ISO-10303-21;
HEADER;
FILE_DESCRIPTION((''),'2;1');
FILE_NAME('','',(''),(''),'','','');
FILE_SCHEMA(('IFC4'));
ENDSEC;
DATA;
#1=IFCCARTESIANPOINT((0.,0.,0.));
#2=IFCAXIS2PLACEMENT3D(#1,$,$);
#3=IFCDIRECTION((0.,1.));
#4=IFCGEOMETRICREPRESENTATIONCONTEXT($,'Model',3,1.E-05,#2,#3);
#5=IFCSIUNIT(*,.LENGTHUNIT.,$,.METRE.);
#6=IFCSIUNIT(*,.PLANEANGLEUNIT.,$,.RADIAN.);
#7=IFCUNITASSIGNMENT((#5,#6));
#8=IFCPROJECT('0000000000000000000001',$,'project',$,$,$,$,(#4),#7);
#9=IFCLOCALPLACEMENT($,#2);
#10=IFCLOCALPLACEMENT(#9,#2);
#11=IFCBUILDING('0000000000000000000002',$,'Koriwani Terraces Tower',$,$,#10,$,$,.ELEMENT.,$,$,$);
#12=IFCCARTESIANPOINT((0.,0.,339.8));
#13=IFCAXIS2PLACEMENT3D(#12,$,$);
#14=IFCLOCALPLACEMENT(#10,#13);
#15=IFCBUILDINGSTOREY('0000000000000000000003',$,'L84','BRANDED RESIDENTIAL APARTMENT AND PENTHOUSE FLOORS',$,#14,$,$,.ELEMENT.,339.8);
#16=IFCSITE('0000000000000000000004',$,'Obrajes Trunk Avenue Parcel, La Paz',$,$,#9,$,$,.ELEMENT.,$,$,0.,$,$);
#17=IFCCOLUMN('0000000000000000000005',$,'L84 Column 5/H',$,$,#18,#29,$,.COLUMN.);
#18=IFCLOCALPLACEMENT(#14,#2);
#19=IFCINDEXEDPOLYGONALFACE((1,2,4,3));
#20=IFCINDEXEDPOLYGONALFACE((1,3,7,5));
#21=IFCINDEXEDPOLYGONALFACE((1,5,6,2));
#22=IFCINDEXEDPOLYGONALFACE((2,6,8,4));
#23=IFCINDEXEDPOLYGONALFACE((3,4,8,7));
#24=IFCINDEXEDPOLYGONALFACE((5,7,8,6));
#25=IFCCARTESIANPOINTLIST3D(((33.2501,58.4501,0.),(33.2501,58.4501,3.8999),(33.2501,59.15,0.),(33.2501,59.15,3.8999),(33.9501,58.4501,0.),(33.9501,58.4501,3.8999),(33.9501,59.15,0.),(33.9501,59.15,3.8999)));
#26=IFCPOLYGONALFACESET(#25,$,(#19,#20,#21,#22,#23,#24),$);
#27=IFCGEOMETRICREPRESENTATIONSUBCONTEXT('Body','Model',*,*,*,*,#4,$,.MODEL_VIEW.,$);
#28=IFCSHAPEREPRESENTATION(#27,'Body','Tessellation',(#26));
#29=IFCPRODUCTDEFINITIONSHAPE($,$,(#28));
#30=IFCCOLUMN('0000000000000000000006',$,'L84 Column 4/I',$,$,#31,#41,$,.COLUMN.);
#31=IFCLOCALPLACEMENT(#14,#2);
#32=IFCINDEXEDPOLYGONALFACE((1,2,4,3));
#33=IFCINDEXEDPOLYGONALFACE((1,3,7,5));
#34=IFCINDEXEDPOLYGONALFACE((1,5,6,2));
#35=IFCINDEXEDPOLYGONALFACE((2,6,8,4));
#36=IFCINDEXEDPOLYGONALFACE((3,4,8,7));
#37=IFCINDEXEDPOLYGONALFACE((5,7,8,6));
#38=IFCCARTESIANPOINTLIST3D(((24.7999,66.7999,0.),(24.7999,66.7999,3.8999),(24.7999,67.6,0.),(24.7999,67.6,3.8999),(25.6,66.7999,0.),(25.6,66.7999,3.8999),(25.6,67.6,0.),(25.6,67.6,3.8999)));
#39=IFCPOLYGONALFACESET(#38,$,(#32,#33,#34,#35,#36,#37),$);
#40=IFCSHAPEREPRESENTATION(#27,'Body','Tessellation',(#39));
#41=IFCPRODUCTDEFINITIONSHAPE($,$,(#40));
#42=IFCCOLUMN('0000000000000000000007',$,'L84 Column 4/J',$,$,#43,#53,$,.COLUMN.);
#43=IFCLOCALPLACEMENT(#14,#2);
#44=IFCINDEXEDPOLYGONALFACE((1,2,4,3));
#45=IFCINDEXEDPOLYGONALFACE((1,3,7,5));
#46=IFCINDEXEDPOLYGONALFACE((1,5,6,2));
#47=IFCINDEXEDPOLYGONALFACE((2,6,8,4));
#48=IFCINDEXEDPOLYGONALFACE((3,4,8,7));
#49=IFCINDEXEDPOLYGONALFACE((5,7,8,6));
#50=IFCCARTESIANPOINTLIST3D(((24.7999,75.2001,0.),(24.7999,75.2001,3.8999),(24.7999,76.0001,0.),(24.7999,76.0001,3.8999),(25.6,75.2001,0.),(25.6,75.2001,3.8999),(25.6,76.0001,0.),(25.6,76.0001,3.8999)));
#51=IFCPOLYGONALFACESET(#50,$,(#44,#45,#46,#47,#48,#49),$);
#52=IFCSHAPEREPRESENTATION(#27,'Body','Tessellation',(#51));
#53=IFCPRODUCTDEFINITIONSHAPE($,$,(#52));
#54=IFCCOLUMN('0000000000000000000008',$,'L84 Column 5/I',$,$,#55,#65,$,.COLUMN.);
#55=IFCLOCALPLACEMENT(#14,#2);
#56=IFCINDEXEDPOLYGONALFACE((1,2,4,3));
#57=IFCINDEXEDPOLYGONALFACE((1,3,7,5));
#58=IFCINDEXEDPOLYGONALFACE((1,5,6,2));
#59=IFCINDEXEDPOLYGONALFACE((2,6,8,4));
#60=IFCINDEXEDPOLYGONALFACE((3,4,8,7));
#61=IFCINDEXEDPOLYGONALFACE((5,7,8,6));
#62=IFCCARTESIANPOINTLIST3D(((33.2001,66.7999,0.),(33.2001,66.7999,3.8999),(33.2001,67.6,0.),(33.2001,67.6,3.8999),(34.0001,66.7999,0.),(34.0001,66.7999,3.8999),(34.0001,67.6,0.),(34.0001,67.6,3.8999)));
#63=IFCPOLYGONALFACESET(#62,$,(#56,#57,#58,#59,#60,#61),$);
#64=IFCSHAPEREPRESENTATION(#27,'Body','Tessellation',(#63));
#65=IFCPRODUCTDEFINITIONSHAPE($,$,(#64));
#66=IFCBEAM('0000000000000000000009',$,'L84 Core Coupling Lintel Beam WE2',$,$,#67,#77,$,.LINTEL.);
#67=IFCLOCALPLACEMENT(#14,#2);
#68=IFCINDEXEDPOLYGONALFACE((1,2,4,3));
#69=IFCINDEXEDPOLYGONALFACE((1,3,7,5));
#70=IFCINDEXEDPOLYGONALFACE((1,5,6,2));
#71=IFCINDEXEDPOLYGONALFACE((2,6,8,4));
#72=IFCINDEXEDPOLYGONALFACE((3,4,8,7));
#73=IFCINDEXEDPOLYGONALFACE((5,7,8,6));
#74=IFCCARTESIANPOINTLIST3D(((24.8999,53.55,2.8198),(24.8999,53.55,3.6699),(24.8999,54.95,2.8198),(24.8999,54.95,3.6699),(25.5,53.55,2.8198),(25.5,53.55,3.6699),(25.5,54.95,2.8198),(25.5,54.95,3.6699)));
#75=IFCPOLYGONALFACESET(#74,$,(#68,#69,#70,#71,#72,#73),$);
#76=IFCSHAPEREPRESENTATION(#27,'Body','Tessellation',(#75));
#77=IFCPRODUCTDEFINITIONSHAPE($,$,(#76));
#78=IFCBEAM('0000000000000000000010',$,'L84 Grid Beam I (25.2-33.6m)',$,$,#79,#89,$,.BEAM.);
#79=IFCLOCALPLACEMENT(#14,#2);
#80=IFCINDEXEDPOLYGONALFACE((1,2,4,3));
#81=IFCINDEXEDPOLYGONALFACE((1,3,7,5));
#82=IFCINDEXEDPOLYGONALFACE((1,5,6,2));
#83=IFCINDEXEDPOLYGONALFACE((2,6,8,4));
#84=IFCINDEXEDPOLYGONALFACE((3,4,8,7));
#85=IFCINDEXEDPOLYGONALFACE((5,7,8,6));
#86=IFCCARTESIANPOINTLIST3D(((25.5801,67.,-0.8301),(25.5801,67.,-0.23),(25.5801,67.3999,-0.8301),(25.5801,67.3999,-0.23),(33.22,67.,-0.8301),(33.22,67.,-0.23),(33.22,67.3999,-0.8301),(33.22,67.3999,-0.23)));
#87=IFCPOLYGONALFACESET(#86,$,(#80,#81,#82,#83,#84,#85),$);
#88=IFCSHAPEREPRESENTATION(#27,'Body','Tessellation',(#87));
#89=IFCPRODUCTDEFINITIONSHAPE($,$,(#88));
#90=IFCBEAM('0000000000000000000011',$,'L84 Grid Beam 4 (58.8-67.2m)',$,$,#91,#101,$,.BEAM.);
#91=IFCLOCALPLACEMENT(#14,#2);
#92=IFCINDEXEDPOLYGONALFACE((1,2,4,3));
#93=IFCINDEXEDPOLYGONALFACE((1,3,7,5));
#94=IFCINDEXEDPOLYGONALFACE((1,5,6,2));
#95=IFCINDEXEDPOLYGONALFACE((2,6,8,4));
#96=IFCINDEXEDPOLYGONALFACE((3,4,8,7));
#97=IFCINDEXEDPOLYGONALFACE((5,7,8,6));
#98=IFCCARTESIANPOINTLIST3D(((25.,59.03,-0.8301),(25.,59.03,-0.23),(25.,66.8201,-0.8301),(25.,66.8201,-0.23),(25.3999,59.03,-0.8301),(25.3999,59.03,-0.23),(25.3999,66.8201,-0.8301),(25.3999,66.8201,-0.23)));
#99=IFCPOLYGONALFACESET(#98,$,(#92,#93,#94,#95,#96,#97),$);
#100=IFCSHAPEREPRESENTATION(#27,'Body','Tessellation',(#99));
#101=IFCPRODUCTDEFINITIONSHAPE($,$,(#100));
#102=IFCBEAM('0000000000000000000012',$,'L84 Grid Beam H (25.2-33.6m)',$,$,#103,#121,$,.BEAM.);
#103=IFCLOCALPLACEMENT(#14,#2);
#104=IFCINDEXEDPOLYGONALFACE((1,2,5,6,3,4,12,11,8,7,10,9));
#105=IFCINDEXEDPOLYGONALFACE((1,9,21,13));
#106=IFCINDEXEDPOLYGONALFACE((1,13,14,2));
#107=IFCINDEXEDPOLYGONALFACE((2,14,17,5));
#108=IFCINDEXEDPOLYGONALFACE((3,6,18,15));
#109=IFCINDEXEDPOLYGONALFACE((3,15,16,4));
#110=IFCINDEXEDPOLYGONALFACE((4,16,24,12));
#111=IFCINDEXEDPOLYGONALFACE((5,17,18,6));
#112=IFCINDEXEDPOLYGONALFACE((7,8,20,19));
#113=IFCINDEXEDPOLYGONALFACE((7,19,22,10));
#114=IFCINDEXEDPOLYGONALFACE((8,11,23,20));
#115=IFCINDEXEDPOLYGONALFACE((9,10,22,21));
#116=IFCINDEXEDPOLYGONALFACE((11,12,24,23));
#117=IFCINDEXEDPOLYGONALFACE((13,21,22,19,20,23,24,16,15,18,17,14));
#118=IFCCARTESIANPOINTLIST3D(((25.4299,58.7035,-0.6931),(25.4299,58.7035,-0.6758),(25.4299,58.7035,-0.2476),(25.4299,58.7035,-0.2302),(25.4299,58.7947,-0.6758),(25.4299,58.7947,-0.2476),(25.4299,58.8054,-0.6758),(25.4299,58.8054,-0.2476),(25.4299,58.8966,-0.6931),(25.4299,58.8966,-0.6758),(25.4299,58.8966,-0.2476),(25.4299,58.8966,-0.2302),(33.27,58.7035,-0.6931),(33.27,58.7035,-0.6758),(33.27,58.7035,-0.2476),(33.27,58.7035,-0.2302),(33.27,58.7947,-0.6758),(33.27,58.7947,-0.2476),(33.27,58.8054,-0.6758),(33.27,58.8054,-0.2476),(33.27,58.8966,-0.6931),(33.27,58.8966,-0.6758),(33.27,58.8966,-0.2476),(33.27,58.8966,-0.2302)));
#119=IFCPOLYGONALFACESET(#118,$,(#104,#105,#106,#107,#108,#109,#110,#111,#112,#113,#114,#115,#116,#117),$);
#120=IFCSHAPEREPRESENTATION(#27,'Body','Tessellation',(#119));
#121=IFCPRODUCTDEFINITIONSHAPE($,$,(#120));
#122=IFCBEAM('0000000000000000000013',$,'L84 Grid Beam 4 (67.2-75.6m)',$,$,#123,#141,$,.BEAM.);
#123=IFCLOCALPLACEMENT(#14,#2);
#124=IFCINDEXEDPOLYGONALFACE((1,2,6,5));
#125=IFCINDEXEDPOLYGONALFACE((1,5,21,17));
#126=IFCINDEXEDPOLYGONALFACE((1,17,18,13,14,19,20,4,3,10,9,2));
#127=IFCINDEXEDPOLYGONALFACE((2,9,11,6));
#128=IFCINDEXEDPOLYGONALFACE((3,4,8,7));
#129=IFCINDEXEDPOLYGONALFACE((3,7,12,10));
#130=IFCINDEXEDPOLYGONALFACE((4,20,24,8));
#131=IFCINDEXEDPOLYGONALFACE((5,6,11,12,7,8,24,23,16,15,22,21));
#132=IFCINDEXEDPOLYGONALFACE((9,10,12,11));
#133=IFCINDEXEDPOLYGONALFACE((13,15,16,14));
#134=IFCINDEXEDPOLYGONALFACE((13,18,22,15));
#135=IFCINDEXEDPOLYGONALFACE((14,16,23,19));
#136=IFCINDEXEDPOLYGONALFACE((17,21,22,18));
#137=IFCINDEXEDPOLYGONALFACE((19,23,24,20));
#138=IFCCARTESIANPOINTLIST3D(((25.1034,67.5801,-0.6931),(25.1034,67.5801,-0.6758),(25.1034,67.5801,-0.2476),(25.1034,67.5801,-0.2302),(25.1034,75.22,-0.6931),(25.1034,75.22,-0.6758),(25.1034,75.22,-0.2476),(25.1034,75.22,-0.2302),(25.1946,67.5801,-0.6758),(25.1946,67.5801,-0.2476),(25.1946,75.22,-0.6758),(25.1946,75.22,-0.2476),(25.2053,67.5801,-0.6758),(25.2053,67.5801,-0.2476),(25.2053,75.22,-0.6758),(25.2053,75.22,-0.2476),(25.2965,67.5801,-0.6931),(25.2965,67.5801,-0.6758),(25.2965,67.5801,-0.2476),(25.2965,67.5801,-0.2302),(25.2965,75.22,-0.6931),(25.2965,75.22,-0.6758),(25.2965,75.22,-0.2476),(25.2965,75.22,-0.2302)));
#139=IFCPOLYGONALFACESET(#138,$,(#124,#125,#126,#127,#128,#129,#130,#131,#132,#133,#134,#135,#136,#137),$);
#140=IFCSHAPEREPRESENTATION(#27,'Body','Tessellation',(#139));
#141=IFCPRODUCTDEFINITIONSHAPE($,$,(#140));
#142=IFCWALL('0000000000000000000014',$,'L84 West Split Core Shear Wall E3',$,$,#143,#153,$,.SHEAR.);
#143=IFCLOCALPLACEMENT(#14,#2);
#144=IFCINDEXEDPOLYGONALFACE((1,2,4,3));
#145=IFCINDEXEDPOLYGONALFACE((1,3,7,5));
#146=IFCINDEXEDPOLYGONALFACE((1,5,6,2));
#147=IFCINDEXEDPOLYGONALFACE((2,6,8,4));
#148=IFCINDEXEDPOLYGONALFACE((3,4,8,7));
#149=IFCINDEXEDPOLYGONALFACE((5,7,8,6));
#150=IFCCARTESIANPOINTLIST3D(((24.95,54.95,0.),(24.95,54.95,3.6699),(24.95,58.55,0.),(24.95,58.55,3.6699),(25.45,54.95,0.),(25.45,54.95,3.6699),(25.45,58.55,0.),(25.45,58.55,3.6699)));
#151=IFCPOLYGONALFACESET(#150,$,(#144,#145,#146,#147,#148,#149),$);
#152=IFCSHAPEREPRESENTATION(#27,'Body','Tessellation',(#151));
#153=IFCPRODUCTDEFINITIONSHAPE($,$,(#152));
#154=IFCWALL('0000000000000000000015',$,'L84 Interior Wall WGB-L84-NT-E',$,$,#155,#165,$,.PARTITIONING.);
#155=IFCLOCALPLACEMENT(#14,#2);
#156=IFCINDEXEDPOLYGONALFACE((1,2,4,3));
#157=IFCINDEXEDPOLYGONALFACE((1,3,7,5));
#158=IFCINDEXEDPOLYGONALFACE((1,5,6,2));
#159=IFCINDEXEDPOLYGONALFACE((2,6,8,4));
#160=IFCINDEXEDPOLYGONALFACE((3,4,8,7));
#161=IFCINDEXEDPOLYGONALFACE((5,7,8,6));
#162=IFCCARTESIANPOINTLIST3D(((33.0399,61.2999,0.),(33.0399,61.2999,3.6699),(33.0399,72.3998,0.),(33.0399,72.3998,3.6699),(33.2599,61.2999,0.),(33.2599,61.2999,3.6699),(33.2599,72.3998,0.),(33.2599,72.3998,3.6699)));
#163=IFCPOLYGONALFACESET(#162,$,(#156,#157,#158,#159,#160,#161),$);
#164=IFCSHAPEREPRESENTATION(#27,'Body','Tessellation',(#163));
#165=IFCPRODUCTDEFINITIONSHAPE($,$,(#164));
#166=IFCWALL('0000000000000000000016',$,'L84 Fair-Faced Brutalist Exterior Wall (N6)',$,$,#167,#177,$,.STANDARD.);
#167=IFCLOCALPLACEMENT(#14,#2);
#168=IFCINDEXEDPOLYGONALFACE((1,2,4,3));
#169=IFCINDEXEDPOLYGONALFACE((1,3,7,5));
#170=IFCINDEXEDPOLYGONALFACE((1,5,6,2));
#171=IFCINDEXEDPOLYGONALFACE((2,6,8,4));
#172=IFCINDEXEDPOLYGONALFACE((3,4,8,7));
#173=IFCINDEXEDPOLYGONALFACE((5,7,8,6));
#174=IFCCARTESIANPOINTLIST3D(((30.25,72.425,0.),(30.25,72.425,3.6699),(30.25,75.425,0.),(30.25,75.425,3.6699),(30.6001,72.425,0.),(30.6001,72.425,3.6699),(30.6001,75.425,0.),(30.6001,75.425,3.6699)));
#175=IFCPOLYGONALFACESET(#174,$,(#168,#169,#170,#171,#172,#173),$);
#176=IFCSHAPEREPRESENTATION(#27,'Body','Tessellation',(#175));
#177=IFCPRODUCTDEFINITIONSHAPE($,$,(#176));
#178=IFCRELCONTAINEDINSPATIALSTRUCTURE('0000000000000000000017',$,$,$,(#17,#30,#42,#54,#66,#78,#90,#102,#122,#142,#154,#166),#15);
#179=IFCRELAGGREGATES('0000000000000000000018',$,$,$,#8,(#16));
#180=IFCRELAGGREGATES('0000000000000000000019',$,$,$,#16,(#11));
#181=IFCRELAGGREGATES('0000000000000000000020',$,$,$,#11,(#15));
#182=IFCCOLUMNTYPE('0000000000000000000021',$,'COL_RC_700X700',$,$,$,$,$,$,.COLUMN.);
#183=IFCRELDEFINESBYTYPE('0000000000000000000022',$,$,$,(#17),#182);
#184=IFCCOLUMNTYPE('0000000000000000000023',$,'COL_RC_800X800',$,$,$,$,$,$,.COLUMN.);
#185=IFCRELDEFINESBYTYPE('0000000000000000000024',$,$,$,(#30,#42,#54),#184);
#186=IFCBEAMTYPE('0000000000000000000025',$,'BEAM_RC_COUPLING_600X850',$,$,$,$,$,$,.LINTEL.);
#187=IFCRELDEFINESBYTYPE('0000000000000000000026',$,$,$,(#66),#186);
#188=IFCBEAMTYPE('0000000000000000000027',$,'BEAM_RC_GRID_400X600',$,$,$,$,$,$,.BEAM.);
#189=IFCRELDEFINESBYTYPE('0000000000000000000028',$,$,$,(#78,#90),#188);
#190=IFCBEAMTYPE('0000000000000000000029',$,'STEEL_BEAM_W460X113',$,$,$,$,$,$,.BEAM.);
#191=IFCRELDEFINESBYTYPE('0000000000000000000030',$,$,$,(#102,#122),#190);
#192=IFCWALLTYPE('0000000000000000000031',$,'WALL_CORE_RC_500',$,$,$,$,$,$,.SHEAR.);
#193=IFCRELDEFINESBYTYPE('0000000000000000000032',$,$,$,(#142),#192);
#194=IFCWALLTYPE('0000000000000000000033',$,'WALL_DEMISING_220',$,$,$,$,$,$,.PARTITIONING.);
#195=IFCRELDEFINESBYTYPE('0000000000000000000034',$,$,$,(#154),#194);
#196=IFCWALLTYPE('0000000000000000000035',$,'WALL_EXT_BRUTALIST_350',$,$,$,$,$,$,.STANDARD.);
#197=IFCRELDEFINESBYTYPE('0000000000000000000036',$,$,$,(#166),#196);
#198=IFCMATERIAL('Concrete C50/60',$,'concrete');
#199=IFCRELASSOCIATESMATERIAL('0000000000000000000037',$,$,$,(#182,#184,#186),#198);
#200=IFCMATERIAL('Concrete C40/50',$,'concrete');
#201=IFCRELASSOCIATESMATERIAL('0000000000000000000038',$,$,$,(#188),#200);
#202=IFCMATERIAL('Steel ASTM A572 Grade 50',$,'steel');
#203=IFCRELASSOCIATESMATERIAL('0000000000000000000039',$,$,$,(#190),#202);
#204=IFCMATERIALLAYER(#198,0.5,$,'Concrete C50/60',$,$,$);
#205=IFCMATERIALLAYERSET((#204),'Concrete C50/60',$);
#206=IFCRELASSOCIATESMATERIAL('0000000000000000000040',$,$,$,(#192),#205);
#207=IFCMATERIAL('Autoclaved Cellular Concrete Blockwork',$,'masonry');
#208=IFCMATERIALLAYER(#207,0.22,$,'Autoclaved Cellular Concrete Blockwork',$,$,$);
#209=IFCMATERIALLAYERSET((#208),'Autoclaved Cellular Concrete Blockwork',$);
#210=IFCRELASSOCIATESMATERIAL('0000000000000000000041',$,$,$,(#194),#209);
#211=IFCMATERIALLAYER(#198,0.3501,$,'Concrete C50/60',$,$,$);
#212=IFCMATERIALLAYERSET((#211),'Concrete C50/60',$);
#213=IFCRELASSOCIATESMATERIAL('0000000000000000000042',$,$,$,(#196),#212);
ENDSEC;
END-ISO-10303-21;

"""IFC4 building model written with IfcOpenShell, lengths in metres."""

from ifc_helpers import new_model, si_unit, direction, frame, frame_2d, origin, origin_2d, place, context, subcontext, project, spatial, rectangle, i_section, extrude, material, layer, layer_set, material_profile, profile_set, type_object, element, save


model = new_model("IFC4")

# Units and contexts
model_context = context("Model", 3, precision=1e-05, world=origin(), true_north=direction((0.0, 1.0)))
body_context = subcontext(model_context, "Body", "Model", "MODEL_VIEW")
ifc_project = project(units=[si_unit("LENGTHUNIT", "METRE"), si_unit("PLANEANGLEUNIT", "RADIAN")], contexts=[model_context])

# Site, building, storey
site_placement = place(None, origin())
site = spatial("IfcSite", under=ifc_project, at=site_placement, Name="Obrajes Trunk Avenue Parcel, La Paz", CompositionType="ELEMENT", RefElevation=0.0)
building_placement = place(site_placement, origin())
building = spatial("IfcBuilding", under=site, at=building_placement, Name="Koriwani Terraces Tower", CompositionType="ELEMENT")
storey_placement = place(building_placement, frame((0.0, 0.0, 339.8)))
storey = spatial("IfcBuildingStorey", under=building, at=storey_placement, Name="L84", Description="BRANDED RESIDENTIAL APARTMENT AND PENTHOUSE FLOORS", CompositionType="ELEMENT", Elevation=339.8)

# Columns
ifc_material_1 = material(Name="Concrete C50/60", Category="concrete")
ifc_material_profile_1 = material_profile(ifc_material_1, rectangle(XDim=0.7, YDim=0.7, at=origin_2d()), Name="Concrete C50/60", Category="LoadBearing")
ifc_profile_set_1 = profile_set([ifc_material_profile_1], Name="Concrete C50/60")
column_type_1 = type_object("IfcColumnType", Name="COL_RC_700X700", PredefinedType="COLUMN", material=ifc_profile_set_1)
column_placement = place(storey_placement, frame((33.6001, 58.8, 0.0), z_axis=(0.0, 0.0, 1.0), x_axis=(1.0, 0.0, 0.0)))
element("IfcColumn", 1, at=column_placement, inside=storey, type_object=column_type_1, Name="L84 Column 5/H", PredefinedType="COLUMN", context=body_context, shape_type="SweptSolid", body=[
    extrude(rectangle(XDim=0.7, YDim=0.7, at=origin_2d()), origin(), (0.0, 0.0, 1.0), 3.8999),
])
ifc_material_profile_2 = material_profile(ifc_material_1, rectangle(XDim=0.8, YDim=0.8, at=origin_2d()), Name="Concrete C50/60", Category="LoadBearing")
ifc_profile_set_2 = profile_set([ifc_material_profile_2], Name="Concrete C50/60")
column_type_2 = type_object("IfcColumnType", Name="COL_RC_800X800", PredefinedType="COLUMN", material=ifc_profile_set_2)
for number, where, z_axis, x_axis, name in (
    (2, (25.2, 67.2, 0.0), (0.0, 0.0, 1.0), (1.0, 0.0, 0.0), "L84 Column 4/I"),
    (3, (25.2, 75.6001, 0.0), (0.0, 0.0, 1.0), (1.0, 0.0, 0.0), "L84 Column 4/J"),
    (4, (33.6001, 67.2, 0.0), (0.0, 0.0, 1.0), (1.0, 0.0, 0.0), "L84 Column 5/I"),
):
    element("IfcColumn", number, at=place(storey_placement, frame(where, z_axis=z_axis, x_axis=x_axis)), inside=storey, type_object=column_type_2, Name=name, PredefinedType="COLUMN", context=body_context, shape_type="SweptSolid", body=[
        extrude(rectangle(XDim=0.8, YDim=0.8, at=origin_2d()), origin(), (0.0, 0.0, 1.0), 3.8999),
    ])

# Beams
ifc_material_profile_3 = material_profile(ifc_material_1, rectangle(XDim=0.6001, YDim=0.8501, at=origin_2d()), Name="Concrete C50/60", Category="LoadBearing")
ifc_profile_set_3 = profile_set([ifc_material_profile_3], Name="Concrete C50/60")
beam_type_1 = type_object("IfcBeamType", Name="BEAM_RC_COUPLING_600X850", PredefinedType="LINTEL", material=ifc_profile_set_3)
beam_1_placement = place(storey_placement, frame((25.2, 53.55, 3.2449), z_axis=(0.0, 1.0, 0.0), x_axis=(-1.0, 0.0, 0.0)))
element("IfcBeam", 5, at=beam_1_placement, inside=storey, type_object=beam_type_1, Name="L84 Core Coupling Lintel Beam WE2", PredefinedType="LINTEL", context=body_context, shape_type="SweptSolid", body=[
    extrude(rectangle(XDim=0.6001, YDim=0.8501, at=origin_2d()), origin(), (0.0, 0.0, 1.0), 1.3999),
])
ifc_material_2 = material(Name="Concrete C40/50", Category="concrete")
ifc_material_profile_4 = material_profile(ifc_material_2, rectangle(XDim=0.3999, YDim=0.6001, at=origin_2d()), Name="Concrete C40/50", Category="LoadBearing")
ifc_profile_set_4 = profile_set([ifc_material_profile_4], Name="Concrete C40/50")
beam_type_2 = type_object("IfcBeamType", Name="BEAM_RC_GRID_400X600", PredefinedType="BEAM", material=ifc_profile_set_4)
beam_2_placement = place(storey_placement, frame((25.5801, 67.2, -0.53), z_axis=(1.0, 0.0, 0.0), x_axis=(0.0, 1.0, 0.0)))
element("IfcBeam", 6, at=beam_2_placement, inside=storey, type_object=beam_type_2, Name="L84 Grid Beam I (25.2-33.6m)", PredefinedType="BEAM", context=body_context, shape_type="SweptSolid", body=[
    extrude(rectangle(XDim=0.3999, YDim=0.6001, at=origin_2d()), origin(), (0.0, 0.0, 1.0), 7.6399),
])
beam_3_placement = place(storey_placement, frame((25.2, 59.03, -0.53), z_axis=(0.0, 1.0, 0.0), x_axis=(-1.0, 0.0, 0.0)))
element("IfcBeam", 7, at=beam_3_placement, inside=storey, type_object=beam_type_2, Name="L84 Grid Beam 4 (58.8-67.2m)", PredefinedType="BEAM", context=body_context, shape_type="SweptSolid", body=[
    extrude(rectangle(XDim=0.3999, YDim=0.6001, at=origin_2d()), origin(), (0.0, 0.0, 1.0), 7.79),
])
ifc_material_3 = material(Name="Steel ASTM A572 Grade 50", Category="steel")
ifc_material_profile_5 = material_profile(ifc_material_3, i_section(OverallWidth=0.1931, OverallDepth=0.4629, WebThickness=0.0107, FlangeThickness=0.0173, at=origin_2d()), Name="Steel ASTM A572 Grade 50", Category="LoadBearing")
ifc_profile_set_5 = profile_set([ifc_material_profile_5], Name="Steel ASTM A572 Grade 50")
beam_type_3 = type_object("IfcBeamType", Name="STEEL_BEAM_W460X113", PredefinedType="BEAM", material=ifc_profile_set_5)
beam_4_placement = place(storey_placement, frame((25.4299, 58.8, -0.4617), z_axis=(1.0, 0.0, 0.0), x_axis=(0.0, 1.0, 0.0)))
element("IfcBeam", 8, at=beam_4_placement, inside=storey, type_object=beam_type_3, Name="L84 Grid Beam H (25.2-33.6m)", PredefinedType="BEAM", context=body_context, shape_type="SweptSolid", body=[
    extrude(i_section(OverallWidth=0.1931, OverallDepth=0.4629, WebThickness=0.0107, FlangeThickness=0.0173, at=origin_2d()), origin(), (0.0, 0.0, 1.0), 7.8401),
])
beam_5_placement = place(storey_placement, frame((25.2, 67.5801, -0.4617), z_axis=(0.0, 1.0, 0.0), x_axis=(-1.0, 0.0, 0.0)))
element("IfcBeam", 9, at=beam_5_placement, inside=storey, type_object=beam_type_3, Name="L84 Grid Beam 4 (67.2-75.6m)", PredefinedType="BEAM", context=body_context, shape_type="SweptSolid", body=[
    extrude(i_section(OverallWidth=0.1931, OverallDepth=0.4629, WebThickness=0.0107, FlangeThickness=0.0173, at=origin_2d()), origin(), (0.0, 0.0, 1.0), 7.6399),
])

# Walls
ifc_layer_1 = layer(ifc_material_1, 0.5, Name="Concrete C50/60")
ifc_layer_set_1 = layer_set([ifc_layer_1], Name="Concrete C50/60")
wall_type_1 = type_object("IfcWallType", Name="WALL_CORE_RC_500", PredefinedType="SHEAR", material=ifc_layer_set_1)
wall_1_placement = place(storey_placement, frame((25.2, 54.95, 0.0), z_axis=(0.0, 0.0, 1.0), x_axis=(0.0, 1.0, 0.0)))
element("IfcWall", 10, at=wall_1_placement, inside=storey, type_object=wall_type_1, Name="L84 West Split Core Shear Wall E3", PredefinedType="SHEAR", context=body_context, shape_type="SweptSolid", body=[
    extrude(rectangle(XDim=3.6001, YDim=0.5, at=frame_2d((1.8, 0.0))), origin(), (0.0, 0.0, 1.0), 3.6699),
])
ifc_material_4 = material(Name="Autoclaved Cellular Concrete Blockwork", Category="masonry")
ifc_layer_2 = layer(ifc_material_4, 0.22, Name="Autoclaved Cellular Concrete Blockwork")
ifc_layer_set_2 = layer_set([ifc_layer_2], Name="Autoclaved Cellular Concrete Blockwork")
wall_type_2 = type_object("IfcWallType", Name="WALL_DEMISING_220", PredefinedType="PARTITIONING", material=ifc_layer_set_2)
wall_2_placement = place(storey_placement, frame((33.1499, 61.3, 0.0), z_axis=(0.0, 0.0, 1.0), x_axis=(0.0, 1.0, 0.0)))
element("IfcWall", 11, at=wall_2_placement, inside=storey, type_object=wall_type_2, Name="L84 Interior Wall WGB-L84-NT-E", PredefinedType="PARTITIONING", context=body_context, shape_type="SweptSolid", body=[
    extrude(rectangle(XDim=11.0999, YDim=0.22, at=frame_2d((5.5498, 0.0))), origin(), (0.0, 0.0, 1.0), 3.6699),
])
ifc_layer_3 = layer(ifc_material_1, 0.3501, Name="Concrete C50/60")
ifc_layer_set_3 = layer_set([ifc_layer_3], Name="Concrete C50/60")
wall_type_3 = type_object("IfcWallType", Name="WALL_EXT_BRUTALIST_350", PredefinedType="STANDARD", material=ifc_layer_set_3)
wall_3_placement = place(storey_placement, frame((30.425, 75.425, 0.0), z_axis=(0.0, 0.0, 1.0), x_axis=(0.0, -1.0, 0.0)))
element("IfcWall", 12, at=wall_3_placement, inside=storey, type_object=wall_type_3, Name="L84 Fair-Faced Brutalist Exterior Wall (N6)", PredefinedType="STANDARD", context=body_context, shape_type="SweptSolid", body=[
    extrude(rectangle(XDim=3.0, YDim=0.3501, at=frame_2d((1.5, 0.0))), origin(), (0.0, 0.0, 1.0), 3.6699),
])

save(model, "model.ifc")
